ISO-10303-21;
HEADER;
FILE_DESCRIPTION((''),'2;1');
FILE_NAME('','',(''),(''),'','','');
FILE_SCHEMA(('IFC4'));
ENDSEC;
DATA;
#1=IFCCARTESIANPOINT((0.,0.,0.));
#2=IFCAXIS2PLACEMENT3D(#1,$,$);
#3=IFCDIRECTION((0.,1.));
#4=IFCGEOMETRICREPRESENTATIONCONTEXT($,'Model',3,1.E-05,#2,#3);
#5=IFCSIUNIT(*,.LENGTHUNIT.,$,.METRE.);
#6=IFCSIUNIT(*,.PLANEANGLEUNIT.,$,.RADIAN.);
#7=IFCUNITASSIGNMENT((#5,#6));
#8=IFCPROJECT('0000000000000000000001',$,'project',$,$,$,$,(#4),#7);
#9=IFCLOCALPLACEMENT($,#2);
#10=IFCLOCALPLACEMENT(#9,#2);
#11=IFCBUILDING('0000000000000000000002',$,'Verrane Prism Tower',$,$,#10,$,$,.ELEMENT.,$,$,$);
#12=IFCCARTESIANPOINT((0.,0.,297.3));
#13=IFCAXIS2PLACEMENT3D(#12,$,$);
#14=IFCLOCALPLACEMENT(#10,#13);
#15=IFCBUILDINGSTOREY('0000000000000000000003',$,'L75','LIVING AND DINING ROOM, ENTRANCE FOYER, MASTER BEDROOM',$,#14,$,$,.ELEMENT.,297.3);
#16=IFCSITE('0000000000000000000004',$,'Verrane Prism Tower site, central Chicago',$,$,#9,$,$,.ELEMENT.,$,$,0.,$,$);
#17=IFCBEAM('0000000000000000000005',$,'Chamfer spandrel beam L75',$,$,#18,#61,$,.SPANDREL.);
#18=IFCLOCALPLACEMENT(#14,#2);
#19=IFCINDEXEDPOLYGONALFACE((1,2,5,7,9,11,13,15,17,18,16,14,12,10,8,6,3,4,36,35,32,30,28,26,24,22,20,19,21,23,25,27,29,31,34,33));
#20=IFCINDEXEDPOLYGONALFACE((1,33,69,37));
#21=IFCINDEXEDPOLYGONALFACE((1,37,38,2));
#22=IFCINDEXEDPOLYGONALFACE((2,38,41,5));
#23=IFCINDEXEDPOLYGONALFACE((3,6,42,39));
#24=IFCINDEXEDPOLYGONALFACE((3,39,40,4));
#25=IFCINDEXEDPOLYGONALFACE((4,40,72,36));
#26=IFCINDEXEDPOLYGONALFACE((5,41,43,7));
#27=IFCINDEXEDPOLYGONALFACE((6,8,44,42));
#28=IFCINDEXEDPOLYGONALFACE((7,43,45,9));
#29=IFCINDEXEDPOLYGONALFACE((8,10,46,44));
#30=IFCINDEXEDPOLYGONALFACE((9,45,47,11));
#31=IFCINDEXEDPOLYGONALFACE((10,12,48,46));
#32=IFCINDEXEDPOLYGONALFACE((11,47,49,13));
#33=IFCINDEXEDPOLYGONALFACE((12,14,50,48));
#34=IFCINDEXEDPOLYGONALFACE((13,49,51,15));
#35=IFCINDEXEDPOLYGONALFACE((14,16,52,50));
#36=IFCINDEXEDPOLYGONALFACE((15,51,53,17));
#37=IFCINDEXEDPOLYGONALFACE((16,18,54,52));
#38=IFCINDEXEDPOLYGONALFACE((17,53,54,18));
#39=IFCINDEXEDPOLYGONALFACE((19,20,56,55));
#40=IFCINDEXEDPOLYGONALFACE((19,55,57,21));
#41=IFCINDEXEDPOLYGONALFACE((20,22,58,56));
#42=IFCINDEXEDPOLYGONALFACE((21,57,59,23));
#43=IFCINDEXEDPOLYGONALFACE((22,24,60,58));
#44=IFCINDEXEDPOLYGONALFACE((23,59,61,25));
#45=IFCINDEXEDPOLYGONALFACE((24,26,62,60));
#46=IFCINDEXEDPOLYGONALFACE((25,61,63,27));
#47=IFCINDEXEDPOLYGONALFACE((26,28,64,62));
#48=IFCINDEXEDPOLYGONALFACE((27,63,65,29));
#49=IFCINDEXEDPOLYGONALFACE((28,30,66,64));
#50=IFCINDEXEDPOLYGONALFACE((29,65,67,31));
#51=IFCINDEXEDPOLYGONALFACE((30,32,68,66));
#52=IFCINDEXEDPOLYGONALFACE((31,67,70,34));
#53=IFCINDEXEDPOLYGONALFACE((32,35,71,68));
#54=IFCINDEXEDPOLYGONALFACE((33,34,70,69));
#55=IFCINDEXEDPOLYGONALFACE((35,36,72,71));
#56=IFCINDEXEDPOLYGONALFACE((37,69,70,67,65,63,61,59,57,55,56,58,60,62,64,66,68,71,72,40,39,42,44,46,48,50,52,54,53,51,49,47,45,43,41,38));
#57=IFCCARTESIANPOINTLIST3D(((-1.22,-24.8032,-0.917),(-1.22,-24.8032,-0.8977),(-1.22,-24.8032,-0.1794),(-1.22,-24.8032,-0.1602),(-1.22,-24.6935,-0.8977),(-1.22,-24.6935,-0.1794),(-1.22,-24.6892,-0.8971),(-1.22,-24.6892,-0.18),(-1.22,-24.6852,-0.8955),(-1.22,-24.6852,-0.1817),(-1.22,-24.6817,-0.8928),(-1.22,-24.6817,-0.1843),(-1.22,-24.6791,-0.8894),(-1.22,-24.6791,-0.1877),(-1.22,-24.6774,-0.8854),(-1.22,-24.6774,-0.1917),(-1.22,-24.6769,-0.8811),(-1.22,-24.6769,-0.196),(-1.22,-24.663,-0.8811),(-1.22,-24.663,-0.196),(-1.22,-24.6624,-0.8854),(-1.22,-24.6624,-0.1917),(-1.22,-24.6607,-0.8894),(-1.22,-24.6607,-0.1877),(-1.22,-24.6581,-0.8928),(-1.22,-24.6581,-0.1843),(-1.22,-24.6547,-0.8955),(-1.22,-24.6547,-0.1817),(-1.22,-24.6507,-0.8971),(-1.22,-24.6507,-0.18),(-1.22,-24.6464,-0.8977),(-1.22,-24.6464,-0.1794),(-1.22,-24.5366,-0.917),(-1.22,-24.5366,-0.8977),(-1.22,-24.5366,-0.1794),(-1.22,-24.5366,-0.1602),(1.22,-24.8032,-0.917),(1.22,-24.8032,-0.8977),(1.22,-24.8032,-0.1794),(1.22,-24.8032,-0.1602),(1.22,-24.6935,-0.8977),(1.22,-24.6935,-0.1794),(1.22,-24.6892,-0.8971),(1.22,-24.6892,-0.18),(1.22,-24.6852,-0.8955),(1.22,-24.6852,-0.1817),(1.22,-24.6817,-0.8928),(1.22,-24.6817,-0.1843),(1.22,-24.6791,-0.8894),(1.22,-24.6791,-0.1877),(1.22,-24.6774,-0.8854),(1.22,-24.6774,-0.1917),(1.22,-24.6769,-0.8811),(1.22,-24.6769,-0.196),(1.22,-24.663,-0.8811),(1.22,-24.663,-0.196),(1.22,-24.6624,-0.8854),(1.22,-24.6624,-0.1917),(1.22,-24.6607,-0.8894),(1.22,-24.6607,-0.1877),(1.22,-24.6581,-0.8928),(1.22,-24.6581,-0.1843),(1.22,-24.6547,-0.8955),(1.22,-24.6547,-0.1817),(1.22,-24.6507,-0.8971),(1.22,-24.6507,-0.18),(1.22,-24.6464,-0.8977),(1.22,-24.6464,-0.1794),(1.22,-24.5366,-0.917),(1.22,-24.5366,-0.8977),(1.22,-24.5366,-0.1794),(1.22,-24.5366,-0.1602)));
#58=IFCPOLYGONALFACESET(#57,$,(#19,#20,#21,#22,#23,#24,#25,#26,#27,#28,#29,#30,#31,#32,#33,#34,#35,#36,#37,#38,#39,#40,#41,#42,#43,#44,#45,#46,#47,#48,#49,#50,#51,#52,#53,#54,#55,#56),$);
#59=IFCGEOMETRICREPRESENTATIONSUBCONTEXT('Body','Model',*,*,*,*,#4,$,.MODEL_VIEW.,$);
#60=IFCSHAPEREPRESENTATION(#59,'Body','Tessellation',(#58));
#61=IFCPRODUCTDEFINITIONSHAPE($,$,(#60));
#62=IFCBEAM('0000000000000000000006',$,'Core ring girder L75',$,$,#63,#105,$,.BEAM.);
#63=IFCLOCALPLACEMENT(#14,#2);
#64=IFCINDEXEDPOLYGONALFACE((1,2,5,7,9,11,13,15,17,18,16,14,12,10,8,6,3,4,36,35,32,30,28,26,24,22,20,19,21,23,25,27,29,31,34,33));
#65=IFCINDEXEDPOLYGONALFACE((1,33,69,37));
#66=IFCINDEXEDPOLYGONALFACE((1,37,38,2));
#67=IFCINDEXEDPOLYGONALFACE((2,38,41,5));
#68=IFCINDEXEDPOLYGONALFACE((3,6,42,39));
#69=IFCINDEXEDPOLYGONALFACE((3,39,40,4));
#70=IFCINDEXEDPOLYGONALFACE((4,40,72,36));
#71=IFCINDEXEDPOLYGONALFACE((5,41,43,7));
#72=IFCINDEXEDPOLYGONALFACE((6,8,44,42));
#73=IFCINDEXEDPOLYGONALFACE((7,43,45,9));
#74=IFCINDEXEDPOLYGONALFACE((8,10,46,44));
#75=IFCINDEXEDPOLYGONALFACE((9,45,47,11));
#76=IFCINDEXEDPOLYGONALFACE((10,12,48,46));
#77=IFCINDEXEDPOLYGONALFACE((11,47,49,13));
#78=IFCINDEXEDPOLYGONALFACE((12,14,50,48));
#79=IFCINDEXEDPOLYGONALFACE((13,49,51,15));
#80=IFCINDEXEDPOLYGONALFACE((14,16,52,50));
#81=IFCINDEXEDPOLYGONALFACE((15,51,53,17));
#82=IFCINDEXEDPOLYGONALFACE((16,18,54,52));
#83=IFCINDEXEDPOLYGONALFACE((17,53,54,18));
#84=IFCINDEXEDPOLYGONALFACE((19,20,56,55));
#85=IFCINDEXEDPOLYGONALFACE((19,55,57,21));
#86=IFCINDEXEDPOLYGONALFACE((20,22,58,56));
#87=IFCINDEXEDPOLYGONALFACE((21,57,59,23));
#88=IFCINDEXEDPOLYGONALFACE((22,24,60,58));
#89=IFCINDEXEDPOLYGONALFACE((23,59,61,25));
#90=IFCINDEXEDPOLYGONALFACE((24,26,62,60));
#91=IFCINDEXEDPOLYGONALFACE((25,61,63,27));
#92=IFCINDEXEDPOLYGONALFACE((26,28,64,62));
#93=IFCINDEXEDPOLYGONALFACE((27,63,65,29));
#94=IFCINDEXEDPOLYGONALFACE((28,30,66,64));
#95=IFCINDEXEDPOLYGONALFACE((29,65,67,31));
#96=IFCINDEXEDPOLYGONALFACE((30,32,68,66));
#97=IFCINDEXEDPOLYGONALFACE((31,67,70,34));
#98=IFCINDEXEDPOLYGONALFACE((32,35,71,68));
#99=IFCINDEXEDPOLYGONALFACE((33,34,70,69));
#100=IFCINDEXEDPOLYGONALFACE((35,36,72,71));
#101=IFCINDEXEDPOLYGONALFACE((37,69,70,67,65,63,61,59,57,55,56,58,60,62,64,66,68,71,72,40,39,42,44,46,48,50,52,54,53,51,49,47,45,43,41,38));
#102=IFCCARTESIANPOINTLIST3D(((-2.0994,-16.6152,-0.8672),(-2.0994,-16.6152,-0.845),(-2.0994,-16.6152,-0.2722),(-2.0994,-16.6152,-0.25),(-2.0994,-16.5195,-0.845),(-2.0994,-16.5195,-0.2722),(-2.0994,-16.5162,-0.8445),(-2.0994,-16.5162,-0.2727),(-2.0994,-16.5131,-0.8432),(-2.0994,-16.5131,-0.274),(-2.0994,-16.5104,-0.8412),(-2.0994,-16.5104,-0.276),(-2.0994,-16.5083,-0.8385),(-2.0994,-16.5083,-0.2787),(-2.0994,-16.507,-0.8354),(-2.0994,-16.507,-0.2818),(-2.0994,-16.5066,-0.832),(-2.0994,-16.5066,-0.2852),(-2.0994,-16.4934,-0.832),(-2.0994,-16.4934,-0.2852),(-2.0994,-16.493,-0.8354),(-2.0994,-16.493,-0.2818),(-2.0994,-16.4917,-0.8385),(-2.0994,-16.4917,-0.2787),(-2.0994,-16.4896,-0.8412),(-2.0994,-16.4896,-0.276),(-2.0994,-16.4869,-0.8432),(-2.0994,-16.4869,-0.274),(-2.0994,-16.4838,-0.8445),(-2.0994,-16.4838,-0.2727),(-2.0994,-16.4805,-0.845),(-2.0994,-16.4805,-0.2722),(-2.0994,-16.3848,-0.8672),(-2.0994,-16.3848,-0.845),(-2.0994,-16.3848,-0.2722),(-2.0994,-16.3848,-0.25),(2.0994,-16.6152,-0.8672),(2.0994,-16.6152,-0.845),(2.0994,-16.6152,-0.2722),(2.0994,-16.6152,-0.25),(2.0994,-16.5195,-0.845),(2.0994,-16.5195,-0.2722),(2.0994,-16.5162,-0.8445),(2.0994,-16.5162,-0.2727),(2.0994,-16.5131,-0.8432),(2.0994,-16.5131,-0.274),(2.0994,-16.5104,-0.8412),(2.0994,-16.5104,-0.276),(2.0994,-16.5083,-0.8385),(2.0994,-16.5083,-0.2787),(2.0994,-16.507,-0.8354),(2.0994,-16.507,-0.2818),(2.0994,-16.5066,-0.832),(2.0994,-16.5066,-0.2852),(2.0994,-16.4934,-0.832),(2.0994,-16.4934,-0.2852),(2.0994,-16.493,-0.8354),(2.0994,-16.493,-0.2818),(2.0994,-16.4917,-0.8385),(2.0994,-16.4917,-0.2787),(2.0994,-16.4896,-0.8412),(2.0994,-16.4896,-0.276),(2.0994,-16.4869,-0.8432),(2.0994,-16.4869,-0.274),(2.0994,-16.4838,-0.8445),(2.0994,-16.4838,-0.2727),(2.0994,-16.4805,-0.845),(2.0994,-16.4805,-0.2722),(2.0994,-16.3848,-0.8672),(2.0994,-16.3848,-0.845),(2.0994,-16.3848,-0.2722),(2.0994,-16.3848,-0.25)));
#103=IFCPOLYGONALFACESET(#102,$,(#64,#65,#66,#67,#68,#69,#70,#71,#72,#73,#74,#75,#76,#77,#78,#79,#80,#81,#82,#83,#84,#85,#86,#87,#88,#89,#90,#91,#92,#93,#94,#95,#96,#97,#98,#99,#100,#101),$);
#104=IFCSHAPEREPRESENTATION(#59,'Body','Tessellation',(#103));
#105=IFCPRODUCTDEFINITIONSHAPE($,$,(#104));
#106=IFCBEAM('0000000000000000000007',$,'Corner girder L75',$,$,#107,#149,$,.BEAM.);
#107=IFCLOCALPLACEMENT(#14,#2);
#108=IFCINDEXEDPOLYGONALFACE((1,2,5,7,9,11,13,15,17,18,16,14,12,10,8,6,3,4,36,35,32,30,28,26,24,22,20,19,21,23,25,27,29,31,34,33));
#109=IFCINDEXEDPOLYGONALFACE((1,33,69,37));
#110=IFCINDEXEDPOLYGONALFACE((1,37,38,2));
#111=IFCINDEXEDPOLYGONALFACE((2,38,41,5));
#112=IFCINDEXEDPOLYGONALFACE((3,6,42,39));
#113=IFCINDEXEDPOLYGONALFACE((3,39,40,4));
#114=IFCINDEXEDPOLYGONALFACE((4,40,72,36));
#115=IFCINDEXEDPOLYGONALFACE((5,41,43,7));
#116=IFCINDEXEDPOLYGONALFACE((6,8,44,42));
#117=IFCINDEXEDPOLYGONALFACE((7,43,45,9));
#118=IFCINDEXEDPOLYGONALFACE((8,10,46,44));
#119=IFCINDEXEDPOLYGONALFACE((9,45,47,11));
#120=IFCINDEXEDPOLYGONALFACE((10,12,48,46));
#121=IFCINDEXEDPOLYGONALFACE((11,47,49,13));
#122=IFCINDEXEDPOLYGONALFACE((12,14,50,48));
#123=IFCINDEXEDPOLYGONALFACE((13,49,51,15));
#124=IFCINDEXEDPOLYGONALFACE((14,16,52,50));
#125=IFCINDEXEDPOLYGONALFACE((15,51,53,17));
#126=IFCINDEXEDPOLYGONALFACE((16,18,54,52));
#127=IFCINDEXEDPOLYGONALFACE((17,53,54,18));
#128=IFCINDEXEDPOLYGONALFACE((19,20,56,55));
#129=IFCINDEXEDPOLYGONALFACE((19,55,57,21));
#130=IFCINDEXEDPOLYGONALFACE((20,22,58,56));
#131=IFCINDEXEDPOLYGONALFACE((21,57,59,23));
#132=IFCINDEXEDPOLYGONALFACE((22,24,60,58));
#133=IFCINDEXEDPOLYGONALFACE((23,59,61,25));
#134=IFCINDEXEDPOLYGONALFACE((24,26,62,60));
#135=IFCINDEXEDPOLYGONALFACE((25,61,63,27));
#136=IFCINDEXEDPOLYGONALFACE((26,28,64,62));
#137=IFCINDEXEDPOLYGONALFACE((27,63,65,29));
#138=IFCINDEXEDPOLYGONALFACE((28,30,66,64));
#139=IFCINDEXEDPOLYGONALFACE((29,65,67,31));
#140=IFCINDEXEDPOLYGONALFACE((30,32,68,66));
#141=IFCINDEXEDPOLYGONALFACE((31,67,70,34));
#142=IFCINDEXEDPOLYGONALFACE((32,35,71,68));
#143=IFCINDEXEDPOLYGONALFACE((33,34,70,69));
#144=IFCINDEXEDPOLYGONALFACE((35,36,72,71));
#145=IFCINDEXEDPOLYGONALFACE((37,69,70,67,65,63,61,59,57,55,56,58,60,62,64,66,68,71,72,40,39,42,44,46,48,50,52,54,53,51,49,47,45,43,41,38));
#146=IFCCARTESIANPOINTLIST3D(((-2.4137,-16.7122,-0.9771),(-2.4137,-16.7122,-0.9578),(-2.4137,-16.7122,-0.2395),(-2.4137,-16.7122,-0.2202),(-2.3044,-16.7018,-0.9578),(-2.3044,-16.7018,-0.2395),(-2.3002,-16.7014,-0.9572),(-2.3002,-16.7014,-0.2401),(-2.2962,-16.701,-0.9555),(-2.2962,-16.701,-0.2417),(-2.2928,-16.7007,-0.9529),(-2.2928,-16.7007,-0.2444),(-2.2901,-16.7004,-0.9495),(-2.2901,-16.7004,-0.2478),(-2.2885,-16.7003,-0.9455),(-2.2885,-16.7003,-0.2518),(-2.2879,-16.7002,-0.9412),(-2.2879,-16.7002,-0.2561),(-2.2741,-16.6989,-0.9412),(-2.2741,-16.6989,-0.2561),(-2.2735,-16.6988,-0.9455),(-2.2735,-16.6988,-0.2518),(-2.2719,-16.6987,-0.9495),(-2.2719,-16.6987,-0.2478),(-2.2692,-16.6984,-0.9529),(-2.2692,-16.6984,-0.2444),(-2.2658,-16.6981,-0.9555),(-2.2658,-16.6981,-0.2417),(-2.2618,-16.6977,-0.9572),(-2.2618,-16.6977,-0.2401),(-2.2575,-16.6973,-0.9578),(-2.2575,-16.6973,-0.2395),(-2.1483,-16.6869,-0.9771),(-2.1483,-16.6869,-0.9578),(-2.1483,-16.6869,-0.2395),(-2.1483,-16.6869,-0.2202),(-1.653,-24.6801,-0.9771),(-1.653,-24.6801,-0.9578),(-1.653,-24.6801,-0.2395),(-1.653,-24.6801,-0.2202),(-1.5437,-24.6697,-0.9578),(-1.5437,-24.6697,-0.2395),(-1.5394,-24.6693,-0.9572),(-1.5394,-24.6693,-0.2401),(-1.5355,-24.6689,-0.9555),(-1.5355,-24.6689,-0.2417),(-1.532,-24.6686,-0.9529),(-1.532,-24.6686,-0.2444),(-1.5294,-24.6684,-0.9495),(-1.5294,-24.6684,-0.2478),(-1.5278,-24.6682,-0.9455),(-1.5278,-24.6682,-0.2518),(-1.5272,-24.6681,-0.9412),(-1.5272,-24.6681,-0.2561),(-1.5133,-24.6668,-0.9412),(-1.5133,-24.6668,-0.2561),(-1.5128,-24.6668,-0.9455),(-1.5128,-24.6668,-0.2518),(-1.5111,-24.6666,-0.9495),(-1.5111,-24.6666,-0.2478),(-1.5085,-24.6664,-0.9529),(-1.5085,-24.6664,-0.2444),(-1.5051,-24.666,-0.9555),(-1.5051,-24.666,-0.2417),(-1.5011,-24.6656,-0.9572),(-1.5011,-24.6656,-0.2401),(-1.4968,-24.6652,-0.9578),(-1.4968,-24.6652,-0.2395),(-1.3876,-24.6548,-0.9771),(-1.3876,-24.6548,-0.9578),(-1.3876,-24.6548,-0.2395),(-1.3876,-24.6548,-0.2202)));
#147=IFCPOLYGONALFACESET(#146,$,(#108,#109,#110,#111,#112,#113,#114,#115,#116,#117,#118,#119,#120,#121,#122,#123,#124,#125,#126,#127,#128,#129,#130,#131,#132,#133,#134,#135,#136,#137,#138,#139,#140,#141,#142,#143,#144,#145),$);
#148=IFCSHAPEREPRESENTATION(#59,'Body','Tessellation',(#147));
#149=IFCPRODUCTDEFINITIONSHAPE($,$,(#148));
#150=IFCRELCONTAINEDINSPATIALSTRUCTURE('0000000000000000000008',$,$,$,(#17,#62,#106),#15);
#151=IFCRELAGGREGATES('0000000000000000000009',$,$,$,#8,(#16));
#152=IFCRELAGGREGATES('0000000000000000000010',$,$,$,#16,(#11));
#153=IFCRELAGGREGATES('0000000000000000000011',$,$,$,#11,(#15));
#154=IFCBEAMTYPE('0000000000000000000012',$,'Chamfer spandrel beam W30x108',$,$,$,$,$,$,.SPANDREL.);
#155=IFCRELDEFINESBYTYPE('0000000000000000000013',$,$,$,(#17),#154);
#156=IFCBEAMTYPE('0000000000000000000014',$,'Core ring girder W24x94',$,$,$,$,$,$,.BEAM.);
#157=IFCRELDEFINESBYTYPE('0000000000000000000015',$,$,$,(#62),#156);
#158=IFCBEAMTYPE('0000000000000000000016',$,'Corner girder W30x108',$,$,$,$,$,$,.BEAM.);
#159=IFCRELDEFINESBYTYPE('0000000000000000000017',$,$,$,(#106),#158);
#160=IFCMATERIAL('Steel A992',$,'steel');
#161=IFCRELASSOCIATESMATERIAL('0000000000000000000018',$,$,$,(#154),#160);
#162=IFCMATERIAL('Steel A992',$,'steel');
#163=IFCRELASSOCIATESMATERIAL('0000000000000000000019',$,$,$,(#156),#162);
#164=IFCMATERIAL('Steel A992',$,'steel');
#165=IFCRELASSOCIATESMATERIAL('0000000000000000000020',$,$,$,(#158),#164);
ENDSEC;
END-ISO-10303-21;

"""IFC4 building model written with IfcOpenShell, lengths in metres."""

from ifc_helpers import new_model, si_unit, direction, frame, origin, origin_2d, place, context, subcontext, project, spatial, i_section, extrude, material, material_profile, profile_set, type_object, element, save


model = new_model("IFC4")

# Units and contexts
model_context = context("Model", 3, precision=1e-05, world=origin(), true_north=direction((0.0, 1.0)))
body_context = subcontext(model_context, "Body", "Model", "MODEL_VIEW")
ifc_project = project(units=[si_unit("LENGTHUNIT", "METRE"), si_unit("PLANEANGLEUNIT", "RADIAN")], contexts=[model_context])

# Site, building, storey
site_placement = place(None, origin())
site = spatial("IfcSite", under=ifc_project, at=site_placement, Name="Verrane Prism Tower site, central Chicago", CompositionType="ELEMENT", RefElevation=0.0)
building_placement = place(site_placement, origin())
building = spatial("IfcBuilding", under=site, at=building_placement, Name="Verrane Prism Tower", CompositionType="ELEMENT")
storey_placement = place(building_placement, frame((0.0, 0.0, 297.3)))
storey = spatial("IfcBuildingStorey", under=building, at=storey_placement, Name="L75", Description="LIVING AND DINING ROOM, ENTRANCE FOYER, MASTER BEDROOM", CompositionType="ELEMENT", Elevation=297.3)

# Beams
ifc_material_1 = material(Name="Steel A992", Category="steel")
ifc_material_profile_1 = material_profile(ifc_material_1, i_section(OverallWidth=0.2666, OverallDepth=0.7568, WebThickness=0.0139, FlangeThickness=0.0193, FilletRadius=0.0166, at=origin_2d()), Name="W30x108")
ifc_profile_set_1 = profile_set([ifc_material_profile_1], Name="Steel A992")
beam_type_1 = type_object("IfcBeamType", Name="Chamfer spandrel beam W30x108", PredefinedType="SPANDREL", material=ifc_profile_set_1)
beam_1_placement = place(storey_placement, frame((-1.22, -24.6699, -0.5386), z_axis=(1.0, 0.0, 0.0), x_axis=(0.0, 1.0, 0.0)))
element("IfcBeam", 1, at=beam_1_placement, inside=storey, type_object=beam_type_1, Name="Chamfer spandrel beam L75", PredefinedType="SPANDREL", context=body_context, shape_type="SweptSolid", body=[
    extrude(i_section(OverallWidth=0.2666, OverallDepth=0.7568, WebThickness=0.0139, FlangeThickness=0.0193, FilletRadius=0.0166, at=origin_2d()), origin(), (0.0, 0.0, 1.0), 2.4399),
])
ifc_material_2 = material(Name="Steel A992", Category="steel")
ifc_material_profile_2 = material_profile(ifc_material_2, i_section(OverallWidth=0.2305, OverallDepth=0.6172, WebThickness=0.0132, FlangeThickness=0.0222, FilletRadius=0.0129, at=origin_2d()), Name="W24x94")
ifc_profile_set_2 = profile_set([ifc_material_profile_2], Name="Steel A992")
beam_type_2 = type_object("IfcBeamType", Name="Core ring girder W24x94", PredefinedType="BEAM", material=ifc_profile_set_2)
beam_2_placement = place(storey_placement, frame((-2.0994, -16.5, -0.5586), z_axis=(1.0, 0.0, 0.0), x_axis=(0.0, 1.0, 0.0)))
element("IfcBeam", 2, at=beam_2_placement, inside=storey, type_object=beam_type_2, Name="Core ring girder L75", PredefinedType="BEAM", context=body_context, shape_type="SweptSolid", body=[
    extrude(i_section(OverallWidth=0.2305, OverallDepth=0.6172, WebThickness=0.0132, FlangeThickness=0.0222, FilletRadius=0.0129, at=origin_2d()), origin(), (0.0, 0.0, 1.0), 4.1987),
])
ifc_material_3 = material(Name="Steel A992", Category="steel")
ifc_material_profile_3 = material_profile(ifc_material_3, i_section(OverallWidth=0.2666, OverallDepth=0.7568, WebThickness=0.0139, FlangeThickness=0.0193, FilletRadius=0.0166, at=origin_2d()), Name="W30x108")
ifc_profile_set_3 = profile_set([ifc_material_profile_3], Name="Steel A992")
beam_type_3 = type_object("IfcBeamType", Name="Corner girder W30x108", PredefinedType="BEAM", material=ifc_profile_set_3)
beam_3_placement = place(storey_placement, frame((-1.5203, -24.6675, -0.5986), z_axis=(-0.095042, 0.995473, 0.0), x_axis=(-0.995473, -0.095042, 0.0)))
element("IfcBeam", 3, at=beam_3_placement, inside=storey, type_object=beam_type_3, Name="Corner girder L75", PredefinedType="BEAM", context=body_context, shape_type="SweptSolid", body=[
    extrude(i_section(OverallWidth=0.2666, OverallDepth=0.7568, WebThickness=0.0139, FlangeThickness=0.0193, FilletRadius=0.0166, at=origin_2d()), origin(), (0.0, 0.0, 1.0), 8.0042),
])

save(model, "model.ifc")
